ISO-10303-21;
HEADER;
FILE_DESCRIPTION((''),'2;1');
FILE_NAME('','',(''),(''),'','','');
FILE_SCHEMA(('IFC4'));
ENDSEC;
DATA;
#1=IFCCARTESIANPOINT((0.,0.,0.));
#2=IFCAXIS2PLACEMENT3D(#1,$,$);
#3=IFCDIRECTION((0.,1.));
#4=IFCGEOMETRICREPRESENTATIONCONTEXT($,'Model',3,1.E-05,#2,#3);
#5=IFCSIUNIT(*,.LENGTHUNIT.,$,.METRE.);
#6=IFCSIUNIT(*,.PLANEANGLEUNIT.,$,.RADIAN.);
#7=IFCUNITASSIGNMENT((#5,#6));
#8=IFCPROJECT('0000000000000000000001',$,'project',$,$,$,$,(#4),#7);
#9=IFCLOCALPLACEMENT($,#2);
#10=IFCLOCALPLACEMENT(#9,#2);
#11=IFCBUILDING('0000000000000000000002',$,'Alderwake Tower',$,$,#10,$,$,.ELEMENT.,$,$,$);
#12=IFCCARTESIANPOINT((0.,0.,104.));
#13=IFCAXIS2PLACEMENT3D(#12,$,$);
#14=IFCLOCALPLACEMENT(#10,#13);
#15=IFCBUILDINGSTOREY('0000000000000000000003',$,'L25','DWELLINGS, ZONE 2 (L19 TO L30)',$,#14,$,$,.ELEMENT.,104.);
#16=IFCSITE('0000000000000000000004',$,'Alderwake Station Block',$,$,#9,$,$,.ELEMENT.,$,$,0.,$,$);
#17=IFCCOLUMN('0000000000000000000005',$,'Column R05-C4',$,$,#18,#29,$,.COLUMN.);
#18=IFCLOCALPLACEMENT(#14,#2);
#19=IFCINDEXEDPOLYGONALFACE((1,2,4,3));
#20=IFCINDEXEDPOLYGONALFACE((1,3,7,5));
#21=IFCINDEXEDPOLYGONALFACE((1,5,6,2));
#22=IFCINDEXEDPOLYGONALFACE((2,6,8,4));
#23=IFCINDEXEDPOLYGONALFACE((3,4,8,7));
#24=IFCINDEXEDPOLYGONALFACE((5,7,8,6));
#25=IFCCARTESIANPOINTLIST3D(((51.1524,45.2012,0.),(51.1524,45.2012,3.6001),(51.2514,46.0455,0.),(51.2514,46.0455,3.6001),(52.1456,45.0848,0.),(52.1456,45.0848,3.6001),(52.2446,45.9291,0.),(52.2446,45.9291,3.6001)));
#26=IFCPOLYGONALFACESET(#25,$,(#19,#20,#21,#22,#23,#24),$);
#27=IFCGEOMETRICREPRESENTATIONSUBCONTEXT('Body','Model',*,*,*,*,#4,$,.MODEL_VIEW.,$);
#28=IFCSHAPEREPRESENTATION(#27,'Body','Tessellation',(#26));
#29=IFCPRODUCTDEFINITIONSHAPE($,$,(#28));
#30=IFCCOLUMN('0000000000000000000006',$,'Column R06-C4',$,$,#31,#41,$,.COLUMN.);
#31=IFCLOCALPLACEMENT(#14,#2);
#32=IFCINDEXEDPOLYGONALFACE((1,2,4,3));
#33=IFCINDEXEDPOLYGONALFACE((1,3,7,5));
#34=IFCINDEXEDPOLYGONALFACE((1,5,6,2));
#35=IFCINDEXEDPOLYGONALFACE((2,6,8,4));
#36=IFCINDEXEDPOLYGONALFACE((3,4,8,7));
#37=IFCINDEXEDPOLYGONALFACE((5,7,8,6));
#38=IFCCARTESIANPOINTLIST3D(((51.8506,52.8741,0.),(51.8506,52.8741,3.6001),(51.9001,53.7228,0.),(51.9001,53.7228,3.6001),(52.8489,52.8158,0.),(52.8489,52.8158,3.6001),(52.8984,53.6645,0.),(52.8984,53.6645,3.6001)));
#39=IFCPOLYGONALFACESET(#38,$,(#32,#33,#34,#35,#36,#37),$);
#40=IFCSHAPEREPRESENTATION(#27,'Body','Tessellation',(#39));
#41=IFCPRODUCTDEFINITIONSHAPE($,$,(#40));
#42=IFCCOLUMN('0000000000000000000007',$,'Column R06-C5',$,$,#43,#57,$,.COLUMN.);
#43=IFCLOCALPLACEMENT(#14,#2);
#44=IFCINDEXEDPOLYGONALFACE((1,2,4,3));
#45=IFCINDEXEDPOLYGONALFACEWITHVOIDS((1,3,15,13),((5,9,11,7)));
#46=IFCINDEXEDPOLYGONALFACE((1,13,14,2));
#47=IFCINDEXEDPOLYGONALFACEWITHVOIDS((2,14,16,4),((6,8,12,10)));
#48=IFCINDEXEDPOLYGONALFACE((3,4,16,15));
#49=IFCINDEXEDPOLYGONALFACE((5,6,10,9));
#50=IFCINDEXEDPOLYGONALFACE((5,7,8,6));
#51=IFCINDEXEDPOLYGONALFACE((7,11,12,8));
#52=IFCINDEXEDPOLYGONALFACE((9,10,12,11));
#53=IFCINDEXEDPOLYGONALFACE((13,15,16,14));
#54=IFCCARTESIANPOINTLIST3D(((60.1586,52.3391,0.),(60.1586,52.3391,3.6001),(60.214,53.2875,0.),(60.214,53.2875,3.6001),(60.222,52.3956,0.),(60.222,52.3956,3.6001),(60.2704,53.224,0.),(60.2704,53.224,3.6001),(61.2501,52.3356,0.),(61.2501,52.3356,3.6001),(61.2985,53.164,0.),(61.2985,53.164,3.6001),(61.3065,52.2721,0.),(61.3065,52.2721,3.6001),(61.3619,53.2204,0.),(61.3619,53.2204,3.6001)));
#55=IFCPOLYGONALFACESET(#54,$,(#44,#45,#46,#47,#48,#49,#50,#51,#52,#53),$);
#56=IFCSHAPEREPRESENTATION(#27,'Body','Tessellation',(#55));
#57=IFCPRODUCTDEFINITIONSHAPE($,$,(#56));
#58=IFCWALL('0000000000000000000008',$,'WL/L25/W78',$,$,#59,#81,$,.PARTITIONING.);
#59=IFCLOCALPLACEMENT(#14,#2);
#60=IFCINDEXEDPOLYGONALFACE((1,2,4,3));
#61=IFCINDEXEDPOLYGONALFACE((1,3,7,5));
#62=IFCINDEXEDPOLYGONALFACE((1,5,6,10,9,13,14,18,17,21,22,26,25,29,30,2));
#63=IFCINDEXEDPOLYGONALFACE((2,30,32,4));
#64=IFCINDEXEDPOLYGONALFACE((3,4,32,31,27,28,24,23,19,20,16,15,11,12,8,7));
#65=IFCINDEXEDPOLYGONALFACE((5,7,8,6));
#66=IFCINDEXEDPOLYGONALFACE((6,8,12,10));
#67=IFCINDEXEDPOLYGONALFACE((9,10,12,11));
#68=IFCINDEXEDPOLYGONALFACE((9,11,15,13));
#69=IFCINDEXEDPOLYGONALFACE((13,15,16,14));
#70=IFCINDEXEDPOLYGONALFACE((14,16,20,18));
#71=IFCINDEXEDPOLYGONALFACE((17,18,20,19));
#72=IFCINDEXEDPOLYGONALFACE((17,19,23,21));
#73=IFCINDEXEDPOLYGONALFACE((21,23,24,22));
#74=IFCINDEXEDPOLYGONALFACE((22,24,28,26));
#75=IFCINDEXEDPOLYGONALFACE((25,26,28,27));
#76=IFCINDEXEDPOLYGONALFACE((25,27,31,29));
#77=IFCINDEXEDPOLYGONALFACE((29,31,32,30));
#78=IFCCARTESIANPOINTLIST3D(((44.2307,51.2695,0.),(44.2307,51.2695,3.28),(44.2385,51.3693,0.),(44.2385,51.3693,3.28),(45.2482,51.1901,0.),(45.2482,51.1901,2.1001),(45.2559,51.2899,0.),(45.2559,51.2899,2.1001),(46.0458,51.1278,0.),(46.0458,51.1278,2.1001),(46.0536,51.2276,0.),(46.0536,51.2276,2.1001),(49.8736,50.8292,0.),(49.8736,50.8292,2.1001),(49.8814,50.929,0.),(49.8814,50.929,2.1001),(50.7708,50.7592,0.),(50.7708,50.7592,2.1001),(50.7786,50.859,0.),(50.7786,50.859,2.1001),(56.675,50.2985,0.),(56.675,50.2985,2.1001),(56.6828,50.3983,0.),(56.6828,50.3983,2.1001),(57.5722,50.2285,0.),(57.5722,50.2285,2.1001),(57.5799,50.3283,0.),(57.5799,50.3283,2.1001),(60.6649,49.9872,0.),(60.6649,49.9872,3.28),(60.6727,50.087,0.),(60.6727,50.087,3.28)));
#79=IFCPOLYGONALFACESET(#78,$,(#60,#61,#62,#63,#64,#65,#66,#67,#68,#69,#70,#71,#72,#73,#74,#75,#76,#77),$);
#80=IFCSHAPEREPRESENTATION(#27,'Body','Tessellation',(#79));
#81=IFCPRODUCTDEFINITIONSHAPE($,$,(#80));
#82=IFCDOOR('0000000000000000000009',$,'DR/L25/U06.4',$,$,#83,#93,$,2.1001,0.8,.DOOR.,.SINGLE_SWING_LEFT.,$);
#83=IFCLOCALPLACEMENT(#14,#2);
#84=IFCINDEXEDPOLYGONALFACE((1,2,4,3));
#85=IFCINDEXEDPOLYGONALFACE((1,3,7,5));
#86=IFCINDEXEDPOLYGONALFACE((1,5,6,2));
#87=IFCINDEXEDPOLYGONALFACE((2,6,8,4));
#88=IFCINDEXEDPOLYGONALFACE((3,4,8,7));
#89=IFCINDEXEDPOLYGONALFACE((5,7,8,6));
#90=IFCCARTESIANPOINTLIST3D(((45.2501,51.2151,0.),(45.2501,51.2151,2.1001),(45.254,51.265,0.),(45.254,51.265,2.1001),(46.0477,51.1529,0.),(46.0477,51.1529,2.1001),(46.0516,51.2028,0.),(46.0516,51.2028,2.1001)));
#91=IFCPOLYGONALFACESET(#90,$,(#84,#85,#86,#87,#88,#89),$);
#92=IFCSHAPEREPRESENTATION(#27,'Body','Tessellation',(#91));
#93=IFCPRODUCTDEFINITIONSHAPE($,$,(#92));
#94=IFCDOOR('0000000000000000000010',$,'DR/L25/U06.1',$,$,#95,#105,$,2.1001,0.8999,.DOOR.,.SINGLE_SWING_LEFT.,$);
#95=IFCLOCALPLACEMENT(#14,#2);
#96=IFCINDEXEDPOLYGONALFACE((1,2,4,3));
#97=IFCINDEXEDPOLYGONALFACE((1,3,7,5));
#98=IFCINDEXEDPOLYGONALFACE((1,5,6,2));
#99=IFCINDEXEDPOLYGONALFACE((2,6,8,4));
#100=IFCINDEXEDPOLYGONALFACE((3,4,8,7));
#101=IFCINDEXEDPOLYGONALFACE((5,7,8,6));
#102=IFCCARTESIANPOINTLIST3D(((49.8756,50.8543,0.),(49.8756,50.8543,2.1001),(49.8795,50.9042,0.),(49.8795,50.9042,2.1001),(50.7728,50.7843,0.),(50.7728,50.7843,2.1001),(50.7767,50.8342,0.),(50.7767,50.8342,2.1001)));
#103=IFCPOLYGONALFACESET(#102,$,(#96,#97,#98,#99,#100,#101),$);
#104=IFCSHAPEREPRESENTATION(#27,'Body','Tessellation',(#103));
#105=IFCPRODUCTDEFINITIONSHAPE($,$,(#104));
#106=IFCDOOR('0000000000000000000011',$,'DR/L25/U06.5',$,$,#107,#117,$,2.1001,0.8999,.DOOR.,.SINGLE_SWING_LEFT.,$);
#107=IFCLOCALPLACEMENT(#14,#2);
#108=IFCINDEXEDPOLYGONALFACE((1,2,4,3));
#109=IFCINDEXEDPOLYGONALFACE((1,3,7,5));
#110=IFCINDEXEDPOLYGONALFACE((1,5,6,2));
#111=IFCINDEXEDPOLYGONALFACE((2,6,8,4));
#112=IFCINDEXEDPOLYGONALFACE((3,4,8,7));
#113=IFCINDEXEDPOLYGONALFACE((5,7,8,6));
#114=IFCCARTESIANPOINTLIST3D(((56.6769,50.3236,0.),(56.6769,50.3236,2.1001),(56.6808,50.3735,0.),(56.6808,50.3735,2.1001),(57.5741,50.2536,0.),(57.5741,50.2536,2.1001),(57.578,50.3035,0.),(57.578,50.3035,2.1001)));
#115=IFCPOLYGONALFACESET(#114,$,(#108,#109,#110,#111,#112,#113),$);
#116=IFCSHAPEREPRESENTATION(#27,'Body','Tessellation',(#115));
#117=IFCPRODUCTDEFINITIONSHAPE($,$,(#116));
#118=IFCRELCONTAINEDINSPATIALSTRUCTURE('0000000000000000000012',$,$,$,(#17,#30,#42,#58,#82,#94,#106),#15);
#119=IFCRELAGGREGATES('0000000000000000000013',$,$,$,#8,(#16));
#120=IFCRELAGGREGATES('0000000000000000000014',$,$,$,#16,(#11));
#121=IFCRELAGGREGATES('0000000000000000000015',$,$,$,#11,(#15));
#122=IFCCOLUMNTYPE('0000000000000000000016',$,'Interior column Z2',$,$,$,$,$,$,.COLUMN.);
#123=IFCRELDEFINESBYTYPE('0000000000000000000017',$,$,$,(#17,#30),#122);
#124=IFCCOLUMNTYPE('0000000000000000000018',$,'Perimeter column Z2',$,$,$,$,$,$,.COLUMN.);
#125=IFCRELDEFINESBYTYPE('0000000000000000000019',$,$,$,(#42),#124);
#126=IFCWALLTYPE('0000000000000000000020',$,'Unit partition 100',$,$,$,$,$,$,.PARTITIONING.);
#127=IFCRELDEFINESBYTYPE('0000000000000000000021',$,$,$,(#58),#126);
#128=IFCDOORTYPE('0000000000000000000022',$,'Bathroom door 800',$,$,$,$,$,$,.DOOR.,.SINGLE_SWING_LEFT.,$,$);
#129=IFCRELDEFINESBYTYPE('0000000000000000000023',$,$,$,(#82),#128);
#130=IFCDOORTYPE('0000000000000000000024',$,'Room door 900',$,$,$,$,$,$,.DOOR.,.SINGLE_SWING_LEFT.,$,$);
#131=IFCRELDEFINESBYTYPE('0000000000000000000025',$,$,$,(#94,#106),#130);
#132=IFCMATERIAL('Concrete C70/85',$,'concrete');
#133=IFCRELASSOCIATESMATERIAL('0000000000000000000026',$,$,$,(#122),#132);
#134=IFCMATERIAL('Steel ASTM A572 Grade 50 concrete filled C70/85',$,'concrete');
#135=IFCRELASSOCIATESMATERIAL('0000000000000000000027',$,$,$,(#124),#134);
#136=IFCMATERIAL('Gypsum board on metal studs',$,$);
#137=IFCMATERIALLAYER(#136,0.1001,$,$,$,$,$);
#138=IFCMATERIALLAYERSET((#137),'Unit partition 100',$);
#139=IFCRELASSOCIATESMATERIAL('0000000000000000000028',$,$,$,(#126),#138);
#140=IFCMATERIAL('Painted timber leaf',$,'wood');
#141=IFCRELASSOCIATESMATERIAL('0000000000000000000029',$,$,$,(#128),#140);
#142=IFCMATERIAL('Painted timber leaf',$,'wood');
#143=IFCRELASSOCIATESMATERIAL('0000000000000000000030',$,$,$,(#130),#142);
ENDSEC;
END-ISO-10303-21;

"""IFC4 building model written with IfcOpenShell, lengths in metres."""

from ifc_helpers import new_model, si_unit, direction, frame, frame_2d, origin, origin_2d, place, context, subcontext, project, spatial, rectangle, hollow_rectangle, extrude, material, layer, layer_set, material_profile, profile_set, type_object, element, fill, save


model = new_model("IFC4")

# Units and contexts
model_context = context("Model", 3, precision=1e-05, world=origin(), true_north=direction((0.0, 1.0)))
body_context = subcontext(model_context, "Body", "Model", "MODEL_VIEW")
ifc_project = project(units=[si_unit("LENGTHUNIT", "METRE"), si_unit("PLANEANGLEUNIT", "RADIAN")], contexts=[model_context])

# Site, building, storey
site_placement = place(None, origin())
site = spatial("IfcSite", under=ifc_project, at=site_placement, Name="Alderwake Station Block", CompositionType="ELEMENT", RefElevation=0.0)
building_placement = place(site_placement, origin())
building = spatial("IfcBuilding", under=site, at=building_placement, Name="Alderwake Tower", CompositionType="ELEMENT")
storey_placement = place(building_placement, frame((0.0, 0.0, 104.0)))
storey = spatial("IfcBuildingStorey", under=building, at=storey_placement, Name="L25", Description="DWELLINGS, ZONE 2 (L19 TO L30)", CompositionType="ELEMENT", Elevation=104.0)

# Columns
ifc_material_1 = material(Name="Concrete C70/85", Category="concrete")
ifc_material_profile_1 = material_profile(ifc_material_1, rectangle(XDim=0.8501, YDim=1.0, at=origin_2d()), Name="RC 1000X850")
ifc_profile_set_1 = profile_set([ifc_material_profile_1], Name="Concrete C70/85")
column_type_1 = type_object("IfcColumnType", Name="Interior column Z2", PredefinedType="COLUMN", material=ifc_profile_set_1)
for number, where, z_axis, x_axis, name in (
    (1, (51.6985, 45.5652, 0.0), (0.0, 0.0, 1.0), (0.116402, 0.993202, 0.0), "Column R05-C4"),
    (2, (52.3745, 53.2693, 0.0), (0.0, 0.0, 1.0), (0.058299, 0.998299, 0.0), "Column R06-C4"),
):
    element("IfcColumn", number, at=place(storey_placement, frame(where, z_axis=z_axis, x_axis=x_axis)), inside=storey, type_object=column_type_1, Name=name, PredefinedType="COLUMN", context=body_context, shape_type="SweptSolid", body=[
        extrude(rectangle(XDim=0.8501, YDim=1.0, at=origin_2d()), origin(), (0.0, 0.0, 1.0), 3.6001),
    ])
ifc_material_2 = material(Name="Steel ASTM A572 Grade 50 concrete filled C70/85", Category="concrete")
ifc_material_profile_2 = material_profile(ifc_material_2, hollow_rectangle(XDim=0.95, YDim=1.1499, WallThickness=0.0601, at=origin_2d()), Name="BOX 1150X950X60")
ifc_profile_set_2 = profile_set([ifc_material_profile_2], Name="Steel ASTM A572 Grade 50 concrete filled C70/85")
column_type_2 = type_object("IfcColumnType", Name="Perimeter column Z2", PredefinedType="COLUMN", material=ifc_profile_set_2)
column_placement = place(storey_placement, frame((60.7603, 52.7798, 0.0), z_axis=(0.0, 0.0, 1.0), x_axis=(0.058299, 0.998299, 0.0)))
element("IfcColumn", 3, at=column_placement, inside=storey, type_object=column_type_2, Name="Column R06-C5", PredefinedType="COLUMN", context=body_context, shape_type="SweptSolid", body=[
    extrude(hollow_rectangle(XDim=0.95, YDim=1.1499, WallThickness=0.0601, at=origin_2d()), origin(), (0.0, 0.0, 1.0), 3.6001),
])

# Wall, openings, doors
ifc_material_3 = material(Name="Gypsum board on metal studs")
ifc_layer_1 = layer(ifc_material_3, 0.1001)
ifc_layer_set_1 = layer_set([ifc_layer_1], Name="Unit partition 100")
wall_type_1 = type_object("IfcWallType", Name="Unit partition 100", PredefinedType="PARTITIONING", material=ifc_layer_set_1)
wall_1_placement = place(storey_placement, frame((60.6689, 50.0371, 0.0), z_axis=(0.0, 0.0, 1.0), x_axis=(-0.99697, 0.077786, 0.0)))
wall_1 = element("IfcWall", 4, at=wall_1_placement, inside=storey, type_object=wall_type_1, Name="WL/L25/W78", PredefinedType="PARTITIONING", context=body_context, shape_type="SweptSolid", body=[
    extrude(rectangle(XDim=16.4841, YDim=0.1001, at=frame_2d((8.2422, 0.0))), origin(), (0.0, 0.0, 1.0), 3.28),
])
opening_1_placement = place(wall_1_placement, frame((9.9243, 0.0, 0.0)))
opening_1 = element("IfcOpeningElement", 5, at=opening_1_placement, cuts=wall_1, PredefinedType="OPENING", context=body_context, shape_type="SweptSolid", body=[
    extrude(rectangle(XDim=0.8999, YDim=2.1001, at=frame_2d((0.45, 1.05))), frame((0.0, 0.0601, 0.0), z_axis=(0.0, -1.0, 0.0), x_axis=(1.0, 0.0, 0.0)), (0.0, 0.0, 1.0), 0.1201),
])
opening_2_placement = place(wall_1_placement, frame((14.6638, 0.0, 0.0)))
opening_2 = element("IfcOpeningElement", 6, at=opening_2_placement, cuts=wall_1, PredefinedType="OPENING", context=body_context, shape_type="SweptSolid", body=[
    extrude(rectangle(XDim=0.8, YDim=2.1001, at=frame_2d((0.3999, 1.05))), frame((0.0, 0.0601, 0.0), z_axis=(0.0, -1.0, 0.0), x_axis=(1.0, 0.0, 0.0)), (0.0, 0.0, 1.0), 0.1201),
])
opening_3_placement = place(wall_1_placement, frame((3.1023, 0.0, 0.0)))
opening_3 = element("IfcOpeningElement", 7, at=opening_3_placement, cuts=wall_1, PredefinedType="OPENING", context=body_context, shape_type="SweptSolid", body=[
    extrude(rectangle(XDim=0.8999, YDim=2.1001, at=frame_2d((0.45, 1.05))), frame((0.0, 0.0601, 0.0), z_axis=(0.0, -1.0, 0.0), x_axis=(1.0, 0.0, 0.0)), (0.0, 0.0, 1.0), 0.1201),
])
ifc_material_4 = material(Name="Painted timber leaf", Category="wood")
door_type_1 = type_object("IfcDoorType", Name="Bathroom door 800", OperationType="SINGLE_SWING_LEFT", PredefinedType="DOOR", material=ifc_material_4)
door_1_placement = place(opening_2_placement, origin())
door_1 = element("IfcDoor", 8, at=door_1_placement, inside=storey, type_object=door_type_1, Name="DR/L25/U06.4", OperationType="SINGLE_SWING_LEFT", OverallHeight=2.1001, OverallWidth=0.8, PredefinedType="DOOR", context=body_context, shape_type="SweptSolid", body=[
    extrude(rectangle(XDim=0.8, YDim=2.1001, at=frame_2d((0.3999, 1.05))), frame((0.0, 0.0249, 0.0), z_axis=(0.0, -1.0, 0.0), x_axis=(1.0, 0.0, 0.0)), (0.0, 0.0, 1.0), 0.05),
])
fill(opening_2, door_1)
ifc_material_5 = material(Name="Painted timber leaf", Category="wood")
door_type_2 = type_object("IfcDoorType", Name="Room door 900", OperationType="SINGLE_SWING_LEFT", PredefinedType="DOOR", material=ifc_material_5)
door_2_placement = place(opening_1_placement, origin())
door_2 = element("IfcDoor", 9, at=door_2_placement, inside=storey, type_object=door_type_2, Name="DR/L25/U06.1", OperationType="SINGLE_SWING_LEFT", OverallHeight=2.1001, OverallWidth=0.8999, PredefinedType="DOOR", context=body_context, shape_type="SweptSolid", body=[
    extrude(rectangle(XDim=0.8999, YDim=2.1001, at=frame_2d((0.45, 1.05))), frame((0.0, 0.0249, 0.0), z_axis=(0.0, -1.0, 0.0), x_axis=(1.0, 0.0, 0.0)), (0.0, 0.0, 1.0), 0.05),
])
fill(opening_1, door_2)
door_3_placement = place(opening_3_placement, origin())
door_3 = element("IfcDoor", 10, at=door_3_placement, inside=storey, type_object=door_type_2, Name="DR/L25/U06.5", OperationType="SINGLE_SWING_LEFT", OverallHeight=2.1001, OverallWidth=0.8999, PredefinedType="DOOR", context=body_context, shape_type="SweptSolid", body=[
    extrude(rectangle(XDim=0.8999, YDim=2.1001, at=frame_2d((0.45, 1.05))), frame((0.0, 0.0249, 0.0), z_axis=(0.0, -1.0, 0.0), x_axis=(1.0, 0.0, 0.0)), (0.0, 0.0, 1.0), 0.05),
])
fill(opening_3, door_3)

save(model, "model.ifc")
